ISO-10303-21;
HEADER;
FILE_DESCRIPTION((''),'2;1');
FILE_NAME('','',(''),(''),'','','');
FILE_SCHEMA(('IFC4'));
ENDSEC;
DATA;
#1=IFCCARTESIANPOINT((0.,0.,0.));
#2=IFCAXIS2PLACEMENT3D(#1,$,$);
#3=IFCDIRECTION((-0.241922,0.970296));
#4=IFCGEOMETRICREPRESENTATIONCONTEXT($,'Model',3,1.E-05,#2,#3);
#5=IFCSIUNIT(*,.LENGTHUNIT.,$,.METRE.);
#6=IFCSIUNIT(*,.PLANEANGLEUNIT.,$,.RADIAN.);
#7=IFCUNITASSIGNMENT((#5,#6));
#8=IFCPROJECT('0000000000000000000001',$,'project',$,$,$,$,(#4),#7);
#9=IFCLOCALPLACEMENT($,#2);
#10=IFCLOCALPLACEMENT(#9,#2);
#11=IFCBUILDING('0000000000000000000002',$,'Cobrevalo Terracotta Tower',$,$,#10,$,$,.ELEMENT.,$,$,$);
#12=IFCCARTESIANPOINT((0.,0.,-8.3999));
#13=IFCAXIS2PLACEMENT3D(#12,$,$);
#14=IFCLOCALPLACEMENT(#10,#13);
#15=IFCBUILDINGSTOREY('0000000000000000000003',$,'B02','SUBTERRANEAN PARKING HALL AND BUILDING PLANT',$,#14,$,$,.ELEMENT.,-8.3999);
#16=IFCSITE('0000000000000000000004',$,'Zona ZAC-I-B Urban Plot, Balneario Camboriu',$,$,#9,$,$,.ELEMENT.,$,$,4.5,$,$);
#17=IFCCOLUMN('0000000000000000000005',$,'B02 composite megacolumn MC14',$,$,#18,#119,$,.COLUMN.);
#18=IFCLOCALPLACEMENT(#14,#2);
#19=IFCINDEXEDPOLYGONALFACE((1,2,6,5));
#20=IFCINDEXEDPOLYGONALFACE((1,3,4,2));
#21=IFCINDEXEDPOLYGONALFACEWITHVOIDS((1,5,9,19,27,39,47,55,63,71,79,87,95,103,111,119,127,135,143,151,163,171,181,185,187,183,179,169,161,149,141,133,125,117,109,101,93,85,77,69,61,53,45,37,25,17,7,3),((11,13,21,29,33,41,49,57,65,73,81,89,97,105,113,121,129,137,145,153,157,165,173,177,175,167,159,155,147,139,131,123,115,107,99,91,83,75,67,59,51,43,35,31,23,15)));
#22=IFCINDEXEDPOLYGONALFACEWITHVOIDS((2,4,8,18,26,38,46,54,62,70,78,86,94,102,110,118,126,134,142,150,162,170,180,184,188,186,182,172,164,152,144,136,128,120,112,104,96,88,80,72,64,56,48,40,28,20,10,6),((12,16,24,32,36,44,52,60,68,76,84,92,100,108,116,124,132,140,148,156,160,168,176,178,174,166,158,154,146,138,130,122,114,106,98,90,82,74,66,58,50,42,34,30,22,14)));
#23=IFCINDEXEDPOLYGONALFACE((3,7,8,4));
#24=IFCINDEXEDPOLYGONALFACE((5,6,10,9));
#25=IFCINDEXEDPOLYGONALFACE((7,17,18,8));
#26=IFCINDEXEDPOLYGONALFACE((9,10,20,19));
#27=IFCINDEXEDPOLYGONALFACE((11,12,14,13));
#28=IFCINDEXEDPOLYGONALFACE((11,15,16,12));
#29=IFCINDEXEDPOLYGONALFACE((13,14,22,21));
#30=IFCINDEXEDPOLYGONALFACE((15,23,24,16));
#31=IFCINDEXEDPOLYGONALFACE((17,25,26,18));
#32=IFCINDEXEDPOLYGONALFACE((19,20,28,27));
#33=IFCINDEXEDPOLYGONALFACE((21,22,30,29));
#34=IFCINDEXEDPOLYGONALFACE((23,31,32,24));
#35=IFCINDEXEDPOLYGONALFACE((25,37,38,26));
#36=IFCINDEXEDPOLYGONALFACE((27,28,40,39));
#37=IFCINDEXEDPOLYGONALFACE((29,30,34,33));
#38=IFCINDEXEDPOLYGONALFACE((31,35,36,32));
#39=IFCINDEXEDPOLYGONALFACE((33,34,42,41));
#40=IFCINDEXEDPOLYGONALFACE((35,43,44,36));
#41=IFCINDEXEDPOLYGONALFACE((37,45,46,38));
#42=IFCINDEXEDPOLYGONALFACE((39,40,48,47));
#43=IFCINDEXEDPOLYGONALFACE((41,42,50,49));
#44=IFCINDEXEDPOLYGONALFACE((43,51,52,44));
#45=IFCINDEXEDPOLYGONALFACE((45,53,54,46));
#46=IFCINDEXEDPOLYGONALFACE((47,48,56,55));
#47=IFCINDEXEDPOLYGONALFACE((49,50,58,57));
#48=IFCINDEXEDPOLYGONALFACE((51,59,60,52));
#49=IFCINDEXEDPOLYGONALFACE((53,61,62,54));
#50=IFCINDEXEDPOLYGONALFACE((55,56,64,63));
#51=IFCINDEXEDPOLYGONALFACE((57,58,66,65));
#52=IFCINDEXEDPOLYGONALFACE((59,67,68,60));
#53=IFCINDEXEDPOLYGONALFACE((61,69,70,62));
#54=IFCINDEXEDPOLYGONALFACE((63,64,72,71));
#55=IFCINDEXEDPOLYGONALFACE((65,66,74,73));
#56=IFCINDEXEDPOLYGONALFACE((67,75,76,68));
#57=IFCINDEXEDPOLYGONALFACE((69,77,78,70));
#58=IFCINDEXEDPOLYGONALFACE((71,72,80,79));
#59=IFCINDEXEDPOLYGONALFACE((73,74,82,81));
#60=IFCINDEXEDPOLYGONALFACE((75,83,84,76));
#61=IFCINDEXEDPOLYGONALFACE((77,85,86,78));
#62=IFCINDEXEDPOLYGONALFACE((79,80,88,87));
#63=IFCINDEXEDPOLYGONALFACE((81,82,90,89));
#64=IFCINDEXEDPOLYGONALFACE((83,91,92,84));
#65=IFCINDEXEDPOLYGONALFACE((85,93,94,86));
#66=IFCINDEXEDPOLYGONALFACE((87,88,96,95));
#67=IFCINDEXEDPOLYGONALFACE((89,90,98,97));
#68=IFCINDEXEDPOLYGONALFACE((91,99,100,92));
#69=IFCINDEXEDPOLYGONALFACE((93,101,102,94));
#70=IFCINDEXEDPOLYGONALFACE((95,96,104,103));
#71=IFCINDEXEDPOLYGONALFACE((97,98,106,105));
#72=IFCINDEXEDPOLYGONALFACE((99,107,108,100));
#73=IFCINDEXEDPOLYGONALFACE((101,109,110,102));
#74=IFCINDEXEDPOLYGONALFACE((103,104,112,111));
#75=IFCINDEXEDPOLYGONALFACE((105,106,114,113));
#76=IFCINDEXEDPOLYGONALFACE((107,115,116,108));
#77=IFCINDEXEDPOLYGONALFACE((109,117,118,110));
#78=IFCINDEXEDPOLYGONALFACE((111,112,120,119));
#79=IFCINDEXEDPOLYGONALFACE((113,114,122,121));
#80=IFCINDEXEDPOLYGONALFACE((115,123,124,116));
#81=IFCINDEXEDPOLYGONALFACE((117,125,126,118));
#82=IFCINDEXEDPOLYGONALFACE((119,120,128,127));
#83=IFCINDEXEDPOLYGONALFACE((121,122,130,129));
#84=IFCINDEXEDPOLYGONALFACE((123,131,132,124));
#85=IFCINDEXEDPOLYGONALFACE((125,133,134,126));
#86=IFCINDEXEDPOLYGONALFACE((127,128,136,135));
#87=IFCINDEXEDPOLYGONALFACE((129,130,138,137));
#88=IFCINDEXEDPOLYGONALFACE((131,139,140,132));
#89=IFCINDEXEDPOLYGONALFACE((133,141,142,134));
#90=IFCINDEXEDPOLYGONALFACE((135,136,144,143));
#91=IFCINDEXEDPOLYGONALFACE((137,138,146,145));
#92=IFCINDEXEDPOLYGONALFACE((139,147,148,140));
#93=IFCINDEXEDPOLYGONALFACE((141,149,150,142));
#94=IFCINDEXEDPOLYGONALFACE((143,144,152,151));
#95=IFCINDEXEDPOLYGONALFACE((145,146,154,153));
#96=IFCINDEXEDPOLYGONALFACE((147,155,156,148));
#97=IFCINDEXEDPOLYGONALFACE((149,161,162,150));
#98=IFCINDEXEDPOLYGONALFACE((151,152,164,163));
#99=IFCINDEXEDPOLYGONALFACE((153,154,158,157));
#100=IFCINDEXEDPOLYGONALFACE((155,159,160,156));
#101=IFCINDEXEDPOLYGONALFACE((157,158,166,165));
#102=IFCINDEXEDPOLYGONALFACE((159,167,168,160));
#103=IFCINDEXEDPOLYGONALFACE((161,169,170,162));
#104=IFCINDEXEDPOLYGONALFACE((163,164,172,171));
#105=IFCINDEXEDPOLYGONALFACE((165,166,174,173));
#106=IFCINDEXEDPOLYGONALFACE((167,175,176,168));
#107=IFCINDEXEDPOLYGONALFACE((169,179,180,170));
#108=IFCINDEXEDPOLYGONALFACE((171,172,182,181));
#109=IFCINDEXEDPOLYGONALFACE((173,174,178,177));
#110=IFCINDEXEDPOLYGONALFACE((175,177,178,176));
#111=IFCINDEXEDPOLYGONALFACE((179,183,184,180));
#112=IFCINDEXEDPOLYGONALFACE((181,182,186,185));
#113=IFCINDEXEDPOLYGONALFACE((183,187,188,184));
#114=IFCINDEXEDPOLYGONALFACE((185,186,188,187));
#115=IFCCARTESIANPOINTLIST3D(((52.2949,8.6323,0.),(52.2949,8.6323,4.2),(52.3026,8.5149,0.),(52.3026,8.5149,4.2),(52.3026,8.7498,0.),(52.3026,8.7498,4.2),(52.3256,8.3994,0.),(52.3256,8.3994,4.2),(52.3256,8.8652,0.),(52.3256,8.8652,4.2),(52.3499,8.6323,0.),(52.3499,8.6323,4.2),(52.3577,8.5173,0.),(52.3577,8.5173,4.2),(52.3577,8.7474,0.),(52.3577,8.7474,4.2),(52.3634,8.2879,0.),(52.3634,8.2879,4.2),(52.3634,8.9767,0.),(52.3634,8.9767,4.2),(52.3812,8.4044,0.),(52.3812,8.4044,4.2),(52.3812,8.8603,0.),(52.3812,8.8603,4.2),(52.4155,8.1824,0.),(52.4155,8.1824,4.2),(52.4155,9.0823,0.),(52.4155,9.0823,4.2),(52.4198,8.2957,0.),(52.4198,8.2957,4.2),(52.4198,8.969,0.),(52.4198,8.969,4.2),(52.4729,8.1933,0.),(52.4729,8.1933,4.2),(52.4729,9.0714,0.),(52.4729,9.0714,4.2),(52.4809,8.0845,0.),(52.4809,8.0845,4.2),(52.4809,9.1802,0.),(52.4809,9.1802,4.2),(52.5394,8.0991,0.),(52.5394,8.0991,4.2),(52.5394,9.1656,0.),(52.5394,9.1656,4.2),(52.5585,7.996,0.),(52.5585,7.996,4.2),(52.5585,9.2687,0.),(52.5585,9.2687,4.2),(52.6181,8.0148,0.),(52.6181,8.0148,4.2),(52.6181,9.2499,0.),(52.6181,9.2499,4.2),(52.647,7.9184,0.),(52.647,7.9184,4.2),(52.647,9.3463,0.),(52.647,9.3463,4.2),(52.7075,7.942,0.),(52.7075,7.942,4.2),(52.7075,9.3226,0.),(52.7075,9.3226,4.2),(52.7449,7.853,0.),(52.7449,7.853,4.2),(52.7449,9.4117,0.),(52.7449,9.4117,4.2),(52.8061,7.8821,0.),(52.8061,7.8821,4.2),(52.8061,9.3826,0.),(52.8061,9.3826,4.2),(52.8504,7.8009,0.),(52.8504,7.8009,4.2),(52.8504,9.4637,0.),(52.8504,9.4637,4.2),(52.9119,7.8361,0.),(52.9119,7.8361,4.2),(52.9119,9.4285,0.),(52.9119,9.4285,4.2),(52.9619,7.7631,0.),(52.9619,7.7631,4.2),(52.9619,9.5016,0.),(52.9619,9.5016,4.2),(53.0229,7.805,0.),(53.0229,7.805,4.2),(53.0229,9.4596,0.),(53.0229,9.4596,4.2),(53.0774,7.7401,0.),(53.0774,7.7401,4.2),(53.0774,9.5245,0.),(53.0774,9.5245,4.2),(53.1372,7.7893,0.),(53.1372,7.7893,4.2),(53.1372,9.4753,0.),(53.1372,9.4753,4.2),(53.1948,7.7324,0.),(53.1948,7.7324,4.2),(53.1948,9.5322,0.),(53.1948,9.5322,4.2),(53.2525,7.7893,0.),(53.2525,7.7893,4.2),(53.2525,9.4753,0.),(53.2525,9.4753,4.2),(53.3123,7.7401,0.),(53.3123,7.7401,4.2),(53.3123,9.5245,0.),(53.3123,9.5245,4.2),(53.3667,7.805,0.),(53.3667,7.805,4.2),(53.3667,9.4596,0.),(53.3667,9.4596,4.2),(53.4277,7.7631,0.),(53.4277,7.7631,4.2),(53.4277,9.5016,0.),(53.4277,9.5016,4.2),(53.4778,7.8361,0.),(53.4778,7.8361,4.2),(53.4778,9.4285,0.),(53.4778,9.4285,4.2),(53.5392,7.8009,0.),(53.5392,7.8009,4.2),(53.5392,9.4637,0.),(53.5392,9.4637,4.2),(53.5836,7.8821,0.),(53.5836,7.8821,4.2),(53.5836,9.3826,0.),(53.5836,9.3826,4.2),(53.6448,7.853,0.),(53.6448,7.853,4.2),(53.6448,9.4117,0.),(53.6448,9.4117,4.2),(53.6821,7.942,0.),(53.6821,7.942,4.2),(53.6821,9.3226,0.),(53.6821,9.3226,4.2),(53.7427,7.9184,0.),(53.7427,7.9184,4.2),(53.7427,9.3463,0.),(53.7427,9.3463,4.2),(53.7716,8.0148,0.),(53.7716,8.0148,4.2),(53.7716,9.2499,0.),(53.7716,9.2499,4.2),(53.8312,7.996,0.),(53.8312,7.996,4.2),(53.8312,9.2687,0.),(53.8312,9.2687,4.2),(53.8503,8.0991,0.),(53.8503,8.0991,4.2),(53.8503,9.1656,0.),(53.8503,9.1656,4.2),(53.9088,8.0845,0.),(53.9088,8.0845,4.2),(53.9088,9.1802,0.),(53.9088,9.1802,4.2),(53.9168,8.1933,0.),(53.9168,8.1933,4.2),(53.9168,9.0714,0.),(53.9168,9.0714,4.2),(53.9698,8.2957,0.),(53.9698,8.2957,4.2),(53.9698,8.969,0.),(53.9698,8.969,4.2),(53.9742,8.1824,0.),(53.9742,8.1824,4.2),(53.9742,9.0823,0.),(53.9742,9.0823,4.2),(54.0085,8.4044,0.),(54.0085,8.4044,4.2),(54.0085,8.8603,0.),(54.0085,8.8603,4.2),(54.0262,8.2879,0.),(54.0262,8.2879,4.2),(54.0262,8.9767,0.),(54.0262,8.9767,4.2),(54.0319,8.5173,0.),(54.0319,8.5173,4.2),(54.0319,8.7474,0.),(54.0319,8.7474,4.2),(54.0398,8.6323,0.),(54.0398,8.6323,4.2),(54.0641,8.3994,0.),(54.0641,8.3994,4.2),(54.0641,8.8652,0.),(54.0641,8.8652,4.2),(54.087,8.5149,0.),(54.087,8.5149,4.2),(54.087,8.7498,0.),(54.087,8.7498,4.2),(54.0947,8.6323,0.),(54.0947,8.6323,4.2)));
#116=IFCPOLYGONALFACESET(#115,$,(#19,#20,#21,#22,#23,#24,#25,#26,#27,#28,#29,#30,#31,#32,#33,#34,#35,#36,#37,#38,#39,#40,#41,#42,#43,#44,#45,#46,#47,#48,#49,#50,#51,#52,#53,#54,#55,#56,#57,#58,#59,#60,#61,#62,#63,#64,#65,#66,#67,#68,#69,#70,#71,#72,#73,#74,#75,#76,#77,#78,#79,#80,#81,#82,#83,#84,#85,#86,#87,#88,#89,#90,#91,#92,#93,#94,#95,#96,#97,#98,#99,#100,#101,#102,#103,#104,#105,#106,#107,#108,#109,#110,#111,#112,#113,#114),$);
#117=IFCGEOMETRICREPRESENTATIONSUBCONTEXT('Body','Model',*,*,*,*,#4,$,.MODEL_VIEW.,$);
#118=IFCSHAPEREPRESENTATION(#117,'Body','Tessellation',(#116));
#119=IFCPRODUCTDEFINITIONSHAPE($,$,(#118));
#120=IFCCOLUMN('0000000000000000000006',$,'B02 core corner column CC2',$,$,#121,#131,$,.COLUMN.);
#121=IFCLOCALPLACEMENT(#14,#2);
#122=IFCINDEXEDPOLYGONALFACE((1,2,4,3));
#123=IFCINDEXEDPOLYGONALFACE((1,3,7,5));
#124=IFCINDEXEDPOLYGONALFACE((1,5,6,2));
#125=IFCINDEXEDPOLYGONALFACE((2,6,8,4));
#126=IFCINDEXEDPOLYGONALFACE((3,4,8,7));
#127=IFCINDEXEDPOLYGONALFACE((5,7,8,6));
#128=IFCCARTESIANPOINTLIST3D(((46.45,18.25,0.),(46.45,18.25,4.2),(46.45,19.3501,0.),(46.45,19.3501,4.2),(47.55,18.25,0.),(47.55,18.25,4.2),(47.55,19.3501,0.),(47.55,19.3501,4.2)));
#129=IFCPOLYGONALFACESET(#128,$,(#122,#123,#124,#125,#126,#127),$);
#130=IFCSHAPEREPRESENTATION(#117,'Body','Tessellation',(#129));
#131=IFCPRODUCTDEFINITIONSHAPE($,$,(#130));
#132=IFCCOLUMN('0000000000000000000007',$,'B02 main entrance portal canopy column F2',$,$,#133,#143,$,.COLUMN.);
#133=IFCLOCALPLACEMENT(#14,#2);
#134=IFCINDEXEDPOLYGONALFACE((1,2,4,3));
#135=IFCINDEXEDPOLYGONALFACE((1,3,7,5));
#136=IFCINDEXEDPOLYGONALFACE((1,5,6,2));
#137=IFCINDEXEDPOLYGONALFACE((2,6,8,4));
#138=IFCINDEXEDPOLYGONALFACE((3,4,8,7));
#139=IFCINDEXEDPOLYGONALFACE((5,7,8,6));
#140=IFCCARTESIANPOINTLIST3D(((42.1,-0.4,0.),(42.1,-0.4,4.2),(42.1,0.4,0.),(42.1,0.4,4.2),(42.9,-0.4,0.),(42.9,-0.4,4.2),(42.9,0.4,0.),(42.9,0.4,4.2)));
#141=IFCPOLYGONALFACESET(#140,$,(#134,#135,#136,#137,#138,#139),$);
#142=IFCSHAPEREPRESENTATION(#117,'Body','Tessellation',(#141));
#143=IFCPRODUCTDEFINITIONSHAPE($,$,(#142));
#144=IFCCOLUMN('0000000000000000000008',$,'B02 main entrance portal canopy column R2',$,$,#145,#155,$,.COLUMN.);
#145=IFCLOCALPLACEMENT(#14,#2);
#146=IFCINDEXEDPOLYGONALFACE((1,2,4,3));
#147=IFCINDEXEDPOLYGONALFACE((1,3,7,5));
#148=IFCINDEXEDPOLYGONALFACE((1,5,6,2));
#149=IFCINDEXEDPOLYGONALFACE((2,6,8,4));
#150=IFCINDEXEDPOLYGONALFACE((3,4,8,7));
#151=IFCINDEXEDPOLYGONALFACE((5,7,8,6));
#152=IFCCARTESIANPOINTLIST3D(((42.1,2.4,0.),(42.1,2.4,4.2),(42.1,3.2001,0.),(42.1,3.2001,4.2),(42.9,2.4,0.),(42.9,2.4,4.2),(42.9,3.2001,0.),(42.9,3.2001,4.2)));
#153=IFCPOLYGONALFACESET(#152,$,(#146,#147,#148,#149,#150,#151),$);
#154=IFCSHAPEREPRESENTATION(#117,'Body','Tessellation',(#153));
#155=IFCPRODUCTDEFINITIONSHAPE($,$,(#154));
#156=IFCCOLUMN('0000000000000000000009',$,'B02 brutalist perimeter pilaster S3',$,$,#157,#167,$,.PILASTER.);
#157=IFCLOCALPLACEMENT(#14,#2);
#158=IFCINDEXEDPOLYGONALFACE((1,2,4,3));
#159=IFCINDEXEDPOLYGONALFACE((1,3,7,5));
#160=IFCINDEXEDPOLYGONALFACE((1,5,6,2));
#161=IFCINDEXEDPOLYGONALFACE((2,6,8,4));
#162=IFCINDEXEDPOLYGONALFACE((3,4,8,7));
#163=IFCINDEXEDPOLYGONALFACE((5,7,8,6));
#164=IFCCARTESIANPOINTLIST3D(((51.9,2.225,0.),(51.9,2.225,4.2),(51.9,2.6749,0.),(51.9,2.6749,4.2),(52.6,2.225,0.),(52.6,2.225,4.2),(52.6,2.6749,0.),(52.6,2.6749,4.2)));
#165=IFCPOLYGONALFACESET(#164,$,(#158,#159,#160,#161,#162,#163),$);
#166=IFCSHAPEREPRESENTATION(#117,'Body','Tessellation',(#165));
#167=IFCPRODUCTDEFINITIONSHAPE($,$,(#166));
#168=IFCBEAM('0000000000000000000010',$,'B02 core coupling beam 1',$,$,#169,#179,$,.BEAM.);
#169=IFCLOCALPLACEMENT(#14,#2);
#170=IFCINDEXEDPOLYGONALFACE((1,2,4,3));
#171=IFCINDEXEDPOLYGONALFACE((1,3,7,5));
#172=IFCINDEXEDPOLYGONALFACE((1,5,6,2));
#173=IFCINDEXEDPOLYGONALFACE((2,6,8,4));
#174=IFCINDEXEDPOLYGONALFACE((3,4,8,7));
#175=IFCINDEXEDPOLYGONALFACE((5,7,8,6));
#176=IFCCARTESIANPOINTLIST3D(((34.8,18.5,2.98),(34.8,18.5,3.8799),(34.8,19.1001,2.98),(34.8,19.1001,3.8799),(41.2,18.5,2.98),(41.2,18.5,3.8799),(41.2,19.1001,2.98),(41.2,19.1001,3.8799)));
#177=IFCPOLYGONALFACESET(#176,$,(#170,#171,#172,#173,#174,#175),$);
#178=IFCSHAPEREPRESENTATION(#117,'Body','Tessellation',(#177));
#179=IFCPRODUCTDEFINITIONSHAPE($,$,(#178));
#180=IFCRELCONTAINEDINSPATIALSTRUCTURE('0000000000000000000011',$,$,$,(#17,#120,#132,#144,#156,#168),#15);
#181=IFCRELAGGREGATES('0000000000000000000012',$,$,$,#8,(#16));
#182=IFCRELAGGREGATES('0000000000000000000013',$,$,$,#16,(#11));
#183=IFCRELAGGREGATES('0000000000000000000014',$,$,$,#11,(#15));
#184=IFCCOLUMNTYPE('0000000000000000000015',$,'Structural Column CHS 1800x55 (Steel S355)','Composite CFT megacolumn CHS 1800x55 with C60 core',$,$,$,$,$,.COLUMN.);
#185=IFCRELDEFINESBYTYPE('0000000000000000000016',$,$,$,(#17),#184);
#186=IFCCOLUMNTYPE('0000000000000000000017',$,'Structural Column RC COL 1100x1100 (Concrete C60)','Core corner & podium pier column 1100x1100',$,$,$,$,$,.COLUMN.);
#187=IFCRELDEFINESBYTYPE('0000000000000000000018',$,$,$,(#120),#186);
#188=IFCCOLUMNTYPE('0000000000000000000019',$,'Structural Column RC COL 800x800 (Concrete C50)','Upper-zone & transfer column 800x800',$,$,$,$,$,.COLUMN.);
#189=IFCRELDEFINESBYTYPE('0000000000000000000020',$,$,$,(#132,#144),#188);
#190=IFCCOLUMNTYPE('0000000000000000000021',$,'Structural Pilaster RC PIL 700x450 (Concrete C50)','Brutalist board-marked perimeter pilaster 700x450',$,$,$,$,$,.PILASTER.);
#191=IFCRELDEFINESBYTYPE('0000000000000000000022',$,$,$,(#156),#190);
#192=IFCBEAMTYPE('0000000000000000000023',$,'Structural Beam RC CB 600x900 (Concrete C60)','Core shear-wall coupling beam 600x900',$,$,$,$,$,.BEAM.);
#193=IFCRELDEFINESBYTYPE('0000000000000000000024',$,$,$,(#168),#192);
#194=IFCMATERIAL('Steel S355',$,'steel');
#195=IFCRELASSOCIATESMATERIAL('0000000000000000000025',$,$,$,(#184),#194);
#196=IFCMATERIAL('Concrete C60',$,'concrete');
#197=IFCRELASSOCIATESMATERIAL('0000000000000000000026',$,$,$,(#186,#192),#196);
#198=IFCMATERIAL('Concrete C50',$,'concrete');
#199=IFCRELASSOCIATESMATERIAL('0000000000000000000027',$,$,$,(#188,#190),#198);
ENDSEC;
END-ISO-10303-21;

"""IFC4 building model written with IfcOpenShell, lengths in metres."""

from ifc_helpers import new_model, si_unit, direction, frame, origin, origin_2d, place, context, subcontext, project, spatial, rectangle, hollow_circle, extrude, material, material_profile, profile_set, type_object, element, save


model = new_model("IFC4")

# Units and contexts
model_context = context("Model", 3, precision=1e-05, world=origin(), true_north=direction((-0.241922, 0.970296)))
body_context = subcontext(model_context, "Body", "Model", "MODEL_VIEW")
ifc_project = project(units=[si_unit("LENGTHUNIT", "METRE"), si_unit("PLANEANGLEUNIT", "RADIAN")], contexts=[model_context])

# Site, building, storey
site_placement = place(None, origin())
site = spatial("IfcSite", under=ifc_project, at=site_placement, Name="Zona ZAC-I-B Urban Plot, Balneario Camboriu", CompositionType="ELEMENT", RefElevation=4.5)
building_placement = place(site_placement, origin())
building = spatial("IfcBuilding", under=site, at=building_placement, Name="Cobrevalo Terracotta Tower", CompositionType="ELEMENT")
storey_placement = place(building_placement, frame((0.0, 0.0, -8.3999)))
storey = spatial("IfcBuildingStorey", under=building, at=storey_placement, Name="B02", Description="SUBTERRANEAN PARKING HALL AND BUILDING PLANT", CompositionType="ELEMENT", Elevation=-8.3999)

# Shared definitions
ifc_material_1 = material(Name="Concrete C50", Category="concrete")

# Columns
ifc_material_2 = material(Name="Steel S355", Category="steel")
ifc_material_profile_1 = material_profile(ifc_material_2, hollow_circle(Radius=0.8999, WallThickness=0.0549, at=origin_2d()), Name="CHS 1800x55")
ifc_profile_set_1 = profile_set([ifc_material_profile_1], Name="Steel S355")
column_type_1 = type_object("IfcColumnType", Name="Structural Column CHS 1800x55 (Steel S355)", Description="Composite CFT megacolumn CHS 1800x55 with C60 core", PredefinedType="COLUMN", material=ifc_profile_set_1)
for number, where, z_axis, x_axis, name in (
    (1, (53.1948, 8.6323, 0.0), (0.0, 0.0, 1.0), (1.0, 0.0, 0.0), "B02 composite megacolumn MC14"),
):
    element("IfcColumn", number, at=place(storey_placement, frame(where, z_axis=z_axis, x_axis=x_axis)), inside=storey, type_object=column_type_1, Name=name, PredefinedType="COLUMN", context=body_context, shape_type="SweptSolid", body=[
        extrude(hollow_circle(Radius=0.8999, WallThickness=0.0549, at=origin_2d()), origin(), (0.0, 0.0, 1.0), 4.2),
    ])
ifc_material_3 = material(Name="Concrete C60", Category="concrete")
ifc_material_profile_2 = material_profile(ifc_material_3, rectangle(XDim=1.1001, YDim=1.1001, at=origin_2d()), Name="RC COL 1100x1100")
ifc_profile_set_2 = profile_set([ifc_material_profile_2], Name="Concrete C60")
column_type_2 = type_object("IfcColumnType", Name="Structural Column RC COL 1100x1100 (Concrete C60)", Description="Core corner & podium pier column 1100x1100", PredefinedType="COLUMN", material=ifc_profile_set_2)
column_1_placement = place(storey_placement, frame((47.0, 18.8, 0.0), z_axis=(0.0, 0.0, 1.0), x_axis=(1.0, 0.0, 0.0)))
element("IfcColumn", 2, at=column_1_placement, inside=storey, type_object=column_type_2, Name="B02 core corner column CC2", PredefinedType="COLUMN", context=body_context, shape_type="SweptSolid", body=[
    extrude(rectangle(XDim=1.1001, YDim=1.1001, at=origin_2d()), origin(), (0.0, 0.0, 1.0), 4.2),
])
ifc_material_profile_3 = material_profile(ifc_material_1, rectangle(XDim=0.8, YDim=0.8, at=origin_2d()), Name="RC COL 800x800")
ifc_profile_set_3 = profile_set([ifc_material_profile_3], Name="Concrete C50")
column_type_3 = type_object("IfcColumnType", Name="Structural Column RC COL 800x800 (Concrete C50)", Description="Upper-zone & transfer column 800x800", PredefinedType="COLUMN", material=ifc_profile_set_3)
for number, where, z_axis, x_axis, name in (
    (3, (42.5, 0.0, 0.0), (0.0, 0.0, 1.0), (1.0, 0.0, 0.0), "B02 main entrance portal canopy column F2"),
    (4, (42.5, 2.8, 0.0), (0.0, 0.0, 1.0), (1.0, 0.0, 0.0), "B02 main entrance portal canopy column R2"),
):
    element("IfcColumn", number, at=place(storey_placement, frame(where, z_axis=z_axis, x_axis=x_axis)), inside=storey, type_object=column_type_3, Name=name, PredefinedType="COLUMN", context=body_context, shape_type="SweptSolid", body=[
        extrude(rectangle(XDim=0.8, YDim=0.8, at=origin_2d()), origin(), (0.0, 0.0, 1.0), 4.2),
    ])
ifc_material_profile_4 = material_profile(ifc_material_1, rectangle(XDim=0.7, YDim=0.45, at=origin_2d()), Name="RC PIL 700x450")
ifc_profile_set_4 = profile_set([ifc_material_profile_4], Name="Concrete C50")
column_type_4 = type_object("IfcColumnType", Name="Structural Pilaster RC PIL 700x450 (Concrete C50)", Description="Brutalist board-marked perimeter pilaster 700x450", PredefinedType="PILASTER", material=ifc_profile_set_4)
column_2_placement = place(storey_placement, frame((52.25, 2.45, 0.0), z_axis=(0.0, 0.0, 1.0), x_axis=(1.0, 0.0, 0.0)))
element("IfcColumn", 5, at=column_2_placement, inside=storey, type_object=column_type_4, Name="B02 brutalist perimeter pilaster S3", PredefinedType="PILASTER", context=body_context, shape_type="SweptSolid", body=[
    extrude(rectangle(XDim=0.7, YDim=0.45, at=origin_2d()), origin(), (0.0, 0.0, 1.0), 4.2),
])

# Beam
ifc_material_profile_5 = material_profile(ifc_material_3, rectangle(XDim=0.6001, YDim=0.8999, at=origin_2d()), Name="RC CB 600x900")
ifc_profile_set_5 = profile_set([ifc_material_profile_5], Name="Concrete C60")
beam_type = type_object("IfcBeamType", Name="Structural Beam RC CB 600x900 (Concrete C60)", Description="Core shear-wall coupling beam 600x900", PredefinedType="BEAM", material=ifc_profile_set_5)
beam_placement = place(storey_placement, frame((34.8, 18.8, 3.4299), z_axis=(1.0, 0.0, 0.0), x_axis=(0.0, 1.0, 0.0)))
element("IfcBeam", 6, at=beam_placement, inside=storey, type_object=beam_type, Name="B02 core coupling beam 1", PredefinedType="BEAM", context=body_context, shape_type="SweptSolid", body=[
    extrude(rectangle(XDim=0.6001, YDim=0.8999, at=origin_2d()), origin(), (0.0, 0.0, 1.0), 6.3999),
])

save(model, "model.ifc")
